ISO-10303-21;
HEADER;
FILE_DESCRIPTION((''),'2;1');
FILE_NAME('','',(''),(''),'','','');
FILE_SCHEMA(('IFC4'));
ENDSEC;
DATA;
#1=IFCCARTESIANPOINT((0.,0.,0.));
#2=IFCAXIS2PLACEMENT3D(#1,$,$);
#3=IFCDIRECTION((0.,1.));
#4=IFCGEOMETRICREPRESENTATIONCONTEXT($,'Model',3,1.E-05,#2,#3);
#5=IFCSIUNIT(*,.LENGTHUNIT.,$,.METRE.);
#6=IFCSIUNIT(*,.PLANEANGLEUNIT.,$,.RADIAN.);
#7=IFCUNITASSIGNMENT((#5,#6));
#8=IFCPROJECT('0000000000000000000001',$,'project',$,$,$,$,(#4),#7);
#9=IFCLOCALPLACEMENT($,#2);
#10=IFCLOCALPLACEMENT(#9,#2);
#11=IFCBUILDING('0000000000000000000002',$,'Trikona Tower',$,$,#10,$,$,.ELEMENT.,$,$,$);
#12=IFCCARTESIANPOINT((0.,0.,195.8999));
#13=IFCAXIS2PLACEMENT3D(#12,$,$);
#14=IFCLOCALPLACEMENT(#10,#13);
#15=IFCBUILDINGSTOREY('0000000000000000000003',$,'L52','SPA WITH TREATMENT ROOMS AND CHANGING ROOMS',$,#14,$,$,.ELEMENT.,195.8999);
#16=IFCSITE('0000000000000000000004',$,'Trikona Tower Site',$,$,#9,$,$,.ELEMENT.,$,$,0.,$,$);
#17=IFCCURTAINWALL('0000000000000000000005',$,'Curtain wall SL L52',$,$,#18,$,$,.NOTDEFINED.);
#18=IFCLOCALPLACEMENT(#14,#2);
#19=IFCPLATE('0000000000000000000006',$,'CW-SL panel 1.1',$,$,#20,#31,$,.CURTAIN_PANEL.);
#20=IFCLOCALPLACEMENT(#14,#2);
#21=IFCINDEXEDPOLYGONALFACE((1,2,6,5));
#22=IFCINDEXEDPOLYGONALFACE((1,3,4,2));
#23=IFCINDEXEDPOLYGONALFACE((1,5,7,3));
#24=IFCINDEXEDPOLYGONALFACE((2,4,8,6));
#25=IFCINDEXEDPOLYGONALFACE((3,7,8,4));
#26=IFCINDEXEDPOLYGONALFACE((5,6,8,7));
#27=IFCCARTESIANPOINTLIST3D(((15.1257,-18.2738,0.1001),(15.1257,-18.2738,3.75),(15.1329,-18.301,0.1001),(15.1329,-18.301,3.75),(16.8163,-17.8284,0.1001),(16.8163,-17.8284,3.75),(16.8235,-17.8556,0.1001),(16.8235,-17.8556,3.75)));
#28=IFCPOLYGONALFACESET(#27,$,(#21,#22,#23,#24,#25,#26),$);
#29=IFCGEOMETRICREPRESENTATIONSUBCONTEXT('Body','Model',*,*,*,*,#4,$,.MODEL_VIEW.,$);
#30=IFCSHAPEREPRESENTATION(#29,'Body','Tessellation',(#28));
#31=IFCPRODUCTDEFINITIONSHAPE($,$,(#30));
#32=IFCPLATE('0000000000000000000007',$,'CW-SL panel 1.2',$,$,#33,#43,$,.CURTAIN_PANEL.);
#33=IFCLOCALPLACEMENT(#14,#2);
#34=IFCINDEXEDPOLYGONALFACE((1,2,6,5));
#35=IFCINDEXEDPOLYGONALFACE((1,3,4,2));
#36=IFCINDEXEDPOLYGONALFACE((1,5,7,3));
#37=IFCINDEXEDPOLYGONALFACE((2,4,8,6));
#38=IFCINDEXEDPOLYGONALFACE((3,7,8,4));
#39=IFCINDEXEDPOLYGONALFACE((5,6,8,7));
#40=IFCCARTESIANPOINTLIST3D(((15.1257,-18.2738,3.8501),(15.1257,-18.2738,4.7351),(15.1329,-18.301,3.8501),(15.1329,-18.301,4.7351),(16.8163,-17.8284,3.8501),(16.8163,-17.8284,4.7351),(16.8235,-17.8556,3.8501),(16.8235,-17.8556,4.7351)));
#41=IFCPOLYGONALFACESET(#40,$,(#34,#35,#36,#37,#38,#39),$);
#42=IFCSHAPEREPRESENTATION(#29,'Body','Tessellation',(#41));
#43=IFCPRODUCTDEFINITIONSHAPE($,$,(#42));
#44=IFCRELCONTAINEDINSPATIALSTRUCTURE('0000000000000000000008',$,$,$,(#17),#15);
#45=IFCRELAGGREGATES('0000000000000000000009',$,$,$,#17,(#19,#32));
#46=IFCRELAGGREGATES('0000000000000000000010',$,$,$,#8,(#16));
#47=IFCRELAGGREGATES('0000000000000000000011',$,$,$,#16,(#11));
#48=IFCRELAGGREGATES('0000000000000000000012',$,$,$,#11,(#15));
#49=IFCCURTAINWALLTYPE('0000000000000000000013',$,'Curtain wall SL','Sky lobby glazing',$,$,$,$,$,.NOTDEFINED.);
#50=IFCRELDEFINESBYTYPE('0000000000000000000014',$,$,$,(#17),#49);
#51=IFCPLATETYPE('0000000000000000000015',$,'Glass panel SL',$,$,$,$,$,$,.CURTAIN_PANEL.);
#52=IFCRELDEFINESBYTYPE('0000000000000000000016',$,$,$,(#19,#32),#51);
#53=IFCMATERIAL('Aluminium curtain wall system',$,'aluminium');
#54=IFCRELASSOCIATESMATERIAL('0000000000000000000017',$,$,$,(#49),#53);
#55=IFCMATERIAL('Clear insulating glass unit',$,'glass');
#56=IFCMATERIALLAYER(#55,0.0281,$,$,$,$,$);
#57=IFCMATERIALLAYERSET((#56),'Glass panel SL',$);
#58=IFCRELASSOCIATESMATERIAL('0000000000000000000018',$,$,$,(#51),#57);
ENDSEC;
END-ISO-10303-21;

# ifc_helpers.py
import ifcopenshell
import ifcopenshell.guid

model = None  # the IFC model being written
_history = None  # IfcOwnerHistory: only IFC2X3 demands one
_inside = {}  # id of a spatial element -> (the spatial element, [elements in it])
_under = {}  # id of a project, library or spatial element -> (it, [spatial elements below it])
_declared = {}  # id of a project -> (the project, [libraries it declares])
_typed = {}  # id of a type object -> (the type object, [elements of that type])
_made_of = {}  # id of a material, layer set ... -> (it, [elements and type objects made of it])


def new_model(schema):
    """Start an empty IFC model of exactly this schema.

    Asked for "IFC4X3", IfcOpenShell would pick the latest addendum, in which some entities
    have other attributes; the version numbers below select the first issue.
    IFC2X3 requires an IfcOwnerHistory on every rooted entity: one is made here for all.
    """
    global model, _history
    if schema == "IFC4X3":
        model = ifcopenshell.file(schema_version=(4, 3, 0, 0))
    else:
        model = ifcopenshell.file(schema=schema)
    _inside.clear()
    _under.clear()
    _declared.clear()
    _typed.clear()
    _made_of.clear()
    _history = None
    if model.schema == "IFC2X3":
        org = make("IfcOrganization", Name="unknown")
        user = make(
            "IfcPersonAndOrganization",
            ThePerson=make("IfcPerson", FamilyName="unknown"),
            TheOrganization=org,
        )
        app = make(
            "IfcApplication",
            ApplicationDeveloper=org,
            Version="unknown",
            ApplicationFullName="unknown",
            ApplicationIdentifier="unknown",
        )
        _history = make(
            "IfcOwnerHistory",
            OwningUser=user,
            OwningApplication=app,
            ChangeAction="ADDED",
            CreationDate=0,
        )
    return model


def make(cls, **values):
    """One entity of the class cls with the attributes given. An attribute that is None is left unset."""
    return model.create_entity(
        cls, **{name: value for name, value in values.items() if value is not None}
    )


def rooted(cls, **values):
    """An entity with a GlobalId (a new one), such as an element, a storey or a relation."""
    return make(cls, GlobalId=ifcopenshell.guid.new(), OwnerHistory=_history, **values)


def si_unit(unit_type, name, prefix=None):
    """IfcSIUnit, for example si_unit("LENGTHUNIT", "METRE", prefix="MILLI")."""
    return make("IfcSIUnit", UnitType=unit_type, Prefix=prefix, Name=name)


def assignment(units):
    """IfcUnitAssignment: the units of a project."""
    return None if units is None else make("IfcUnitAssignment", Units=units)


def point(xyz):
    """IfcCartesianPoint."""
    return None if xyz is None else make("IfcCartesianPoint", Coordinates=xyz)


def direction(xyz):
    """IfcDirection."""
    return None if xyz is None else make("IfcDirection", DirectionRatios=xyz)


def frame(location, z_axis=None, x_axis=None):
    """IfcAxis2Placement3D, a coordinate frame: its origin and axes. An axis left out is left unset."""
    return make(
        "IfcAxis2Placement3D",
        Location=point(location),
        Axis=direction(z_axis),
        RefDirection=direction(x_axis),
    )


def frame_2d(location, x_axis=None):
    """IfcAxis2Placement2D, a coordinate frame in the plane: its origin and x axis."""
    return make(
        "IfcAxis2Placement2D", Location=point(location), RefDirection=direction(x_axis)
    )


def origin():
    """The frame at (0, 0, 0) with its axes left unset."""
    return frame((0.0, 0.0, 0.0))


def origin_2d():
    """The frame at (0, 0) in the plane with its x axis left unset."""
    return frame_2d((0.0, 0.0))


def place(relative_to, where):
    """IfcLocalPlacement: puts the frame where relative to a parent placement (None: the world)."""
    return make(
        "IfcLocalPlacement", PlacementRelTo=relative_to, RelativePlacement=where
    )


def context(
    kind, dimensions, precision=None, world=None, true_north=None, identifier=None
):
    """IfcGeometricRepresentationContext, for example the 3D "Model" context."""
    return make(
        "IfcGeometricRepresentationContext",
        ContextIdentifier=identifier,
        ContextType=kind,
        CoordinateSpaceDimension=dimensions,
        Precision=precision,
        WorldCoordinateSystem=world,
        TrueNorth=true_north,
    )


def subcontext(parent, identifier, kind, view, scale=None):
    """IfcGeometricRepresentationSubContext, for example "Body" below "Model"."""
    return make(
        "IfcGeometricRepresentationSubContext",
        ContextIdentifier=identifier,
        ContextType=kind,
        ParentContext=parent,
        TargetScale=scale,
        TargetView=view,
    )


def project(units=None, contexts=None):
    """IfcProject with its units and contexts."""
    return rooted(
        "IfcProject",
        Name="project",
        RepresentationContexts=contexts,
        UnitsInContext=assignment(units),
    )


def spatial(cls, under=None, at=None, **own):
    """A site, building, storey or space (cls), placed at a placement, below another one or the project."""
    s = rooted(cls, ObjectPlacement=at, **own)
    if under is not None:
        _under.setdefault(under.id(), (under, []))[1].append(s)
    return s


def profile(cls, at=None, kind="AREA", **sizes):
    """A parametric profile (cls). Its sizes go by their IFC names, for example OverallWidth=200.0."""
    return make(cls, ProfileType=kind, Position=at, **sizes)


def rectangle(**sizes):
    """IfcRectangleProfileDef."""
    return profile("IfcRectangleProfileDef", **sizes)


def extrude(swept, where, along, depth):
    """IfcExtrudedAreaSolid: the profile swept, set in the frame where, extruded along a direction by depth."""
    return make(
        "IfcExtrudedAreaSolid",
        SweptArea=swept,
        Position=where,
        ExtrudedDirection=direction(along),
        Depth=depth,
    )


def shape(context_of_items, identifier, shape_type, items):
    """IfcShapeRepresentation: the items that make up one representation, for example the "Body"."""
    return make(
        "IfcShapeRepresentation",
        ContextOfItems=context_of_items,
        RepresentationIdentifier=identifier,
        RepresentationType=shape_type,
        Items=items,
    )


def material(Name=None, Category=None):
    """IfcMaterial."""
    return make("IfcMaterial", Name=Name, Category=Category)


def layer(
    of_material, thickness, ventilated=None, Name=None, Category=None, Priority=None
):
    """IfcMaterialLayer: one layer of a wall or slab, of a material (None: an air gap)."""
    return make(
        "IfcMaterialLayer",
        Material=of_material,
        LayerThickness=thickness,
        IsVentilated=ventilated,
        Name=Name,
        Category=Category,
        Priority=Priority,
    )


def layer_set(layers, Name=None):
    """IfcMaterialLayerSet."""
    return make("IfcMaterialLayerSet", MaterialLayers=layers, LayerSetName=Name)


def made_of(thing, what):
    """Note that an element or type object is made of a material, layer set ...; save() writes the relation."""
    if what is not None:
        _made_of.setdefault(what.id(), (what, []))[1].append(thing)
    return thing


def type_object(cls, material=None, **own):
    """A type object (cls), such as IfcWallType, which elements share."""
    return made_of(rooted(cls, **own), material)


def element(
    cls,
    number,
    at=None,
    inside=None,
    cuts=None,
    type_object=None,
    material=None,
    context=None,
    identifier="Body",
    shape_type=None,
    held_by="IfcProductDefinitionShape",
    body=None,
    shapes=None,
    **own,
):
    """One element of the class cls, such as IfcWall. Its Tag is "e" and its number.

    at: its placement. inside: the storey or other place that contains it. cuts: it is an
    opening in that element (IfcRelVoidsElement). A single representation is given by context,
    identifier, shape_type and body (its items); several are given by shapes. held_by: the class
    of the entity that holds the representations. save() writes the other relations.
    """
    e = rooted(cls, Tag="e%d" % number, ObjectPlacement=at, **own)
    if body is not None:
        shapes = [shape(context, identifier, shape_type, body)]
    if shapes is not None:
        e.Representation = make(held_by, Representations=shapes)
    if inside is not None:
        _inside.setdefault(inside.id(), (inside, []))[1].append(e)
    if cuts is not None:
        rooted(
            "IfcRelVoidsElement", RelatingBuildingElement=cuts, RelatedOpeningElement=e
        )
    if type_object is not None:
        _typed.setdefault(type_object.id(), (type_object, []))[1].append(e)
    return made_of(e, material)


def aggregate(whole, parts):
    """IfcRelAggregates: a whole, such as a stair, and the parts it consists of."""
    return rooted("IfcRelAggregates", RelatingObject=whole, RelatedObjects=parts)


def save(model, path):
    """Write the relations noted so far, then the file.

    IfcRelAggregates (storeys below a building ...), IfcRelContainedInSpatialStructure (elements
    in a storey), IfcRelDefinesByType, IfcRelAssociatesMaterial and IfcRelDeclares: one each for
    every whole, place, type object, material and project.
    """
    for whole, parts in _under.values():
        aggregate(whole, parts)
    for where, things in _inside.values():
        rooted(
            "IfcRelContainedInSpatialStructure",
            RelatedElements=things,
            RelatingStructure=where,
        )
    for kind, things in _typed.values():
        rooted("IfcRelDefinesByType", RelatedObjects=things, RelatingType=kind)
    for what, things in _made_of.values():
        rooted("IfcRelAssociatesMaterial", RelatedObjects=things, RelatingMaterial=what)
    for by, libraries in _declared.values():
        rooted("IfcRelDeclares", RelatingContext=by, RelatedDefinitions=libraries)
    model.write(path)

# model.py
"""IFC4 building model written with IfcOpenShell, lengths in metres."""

from ifc_helpers import new_model, si_unit, direction, frame, origin, origin_2d, place, context, subcontext, project, spatial, rectangle, extrude, material, layer, layer_set, type_object, element, aggregate, save


model = new_model("IFC4")

# Units and contexts
model_context = context("Model", 3, precision=1e-05, world=origin(), true_north=direction((0.0, 1.0)))
body_context = subcontext(model_context, "Body", "Model", "MODEL_VIEW")
ifc_project = project(units=[si_unit("LENGTHUNIT", "METRE"), si_unit("PLANEANGLEUNIT", "RADIAN")], contexts=[model_context])

# Site, building, storey
site_placement = place(None, origin())
site = spatial("IfcSite", under=ifc_project, at=site_placement, Name="Trikona Tower Site", CompositionType="ELEMENT", RefElevation=0.0)
building_placement = place(site_placement, origin())
building = spatial("IfcBuilding", under=site, at=building_placement, Name="Trikona Tower", CompositionType="ELEMENT")
storey_placement = place(building_placement, frame((0.0, 0.0, 195.8999)))
storey = spatial("IfcBuildingStorey", under=building, at=storey_placement, Name="L52", Description="SPA WITH TREATMENT ROOMS AND CHANGING ROOMS", CompositionType="ELEMENT", Elevation=195.8999)

# Shared definitions
ifc_material_1 = material(Name="Aluminium curtain wall system", Category="aluminium")
curtain_wall_type = type_object("IfcCurtainWallType", Name="Curtain wall SL", Description="Sky lobby glazing", PredefinedType="NOTDEFINED", material=ifc_material_1)

# Curtain wall
curtain_wall_1_placement = place(storey_placement, origin())
curtain_wall_1 = element("IfcCurtainWall", 1, at=curtain_wall_1_placement, inside=storey, type_object=curtain_wall_type, Name="Curtain wall SL L52", PredefinedType="NOTDEFINED")

# Plates
ifc_material_2 = material(Name="Clear insulating glass unit", Category="glass")
ifc_layer = layer(ifc_material_2, 0.0281)
ifc_layer_set = layer_set([ifc_layer], Name="Glass panel SL")
plate_type = type_object("IfcPlateType", Name="Glass panel SL", PredefinedType="CURTAIN_PANEL", material=ifc_layer_set)
plate_1_placement = place(storey_placement, frame((15.9746, -18.0647, 0.1001), z_axis=(0.0, 0.0, 1.0), x_axis=(0.966997, 0.254786, 0.0)))
plate_1 = element("IfcPlate", 2, at=plate_1_placement, type_object=plate_type, Name="CW-SL panel 1.1", PredefinedType="CURTAIN_PANEL", context=body_context, shape_type="SweptSolid", body=[
    extrude(rectangle(XDim=1.7483, YDim=0.0281, at=origin_2d()), origin(), (0.0, 0.0, 1.0), 3.6499),
])
plate_2_placement = place(storey_placement, frame((15.9746, -18.0647, 3.8501), z_axis=(0.0, 0.0, 1.0), x_axis=(0.966997, 0.254786, 0.0)))
plate_2 = element("IfcPlate", 3, at=plate_2_placement, type_object=plate_type, Name="CW-SL panel 1.2", PredefinedType="CURTAIN_PANEL", context=body_context, shape_type="SweptSolid", body=[
    extrude(rectangle(XDim=1.7483, YDim=0.0281, at=origin_2d()), origin(), (0.0, 0.0, 1.0), 0.885),
])
aggregate(curtain_wall_1, [plate_1, plate_2])

save(model, "model.ifc")
